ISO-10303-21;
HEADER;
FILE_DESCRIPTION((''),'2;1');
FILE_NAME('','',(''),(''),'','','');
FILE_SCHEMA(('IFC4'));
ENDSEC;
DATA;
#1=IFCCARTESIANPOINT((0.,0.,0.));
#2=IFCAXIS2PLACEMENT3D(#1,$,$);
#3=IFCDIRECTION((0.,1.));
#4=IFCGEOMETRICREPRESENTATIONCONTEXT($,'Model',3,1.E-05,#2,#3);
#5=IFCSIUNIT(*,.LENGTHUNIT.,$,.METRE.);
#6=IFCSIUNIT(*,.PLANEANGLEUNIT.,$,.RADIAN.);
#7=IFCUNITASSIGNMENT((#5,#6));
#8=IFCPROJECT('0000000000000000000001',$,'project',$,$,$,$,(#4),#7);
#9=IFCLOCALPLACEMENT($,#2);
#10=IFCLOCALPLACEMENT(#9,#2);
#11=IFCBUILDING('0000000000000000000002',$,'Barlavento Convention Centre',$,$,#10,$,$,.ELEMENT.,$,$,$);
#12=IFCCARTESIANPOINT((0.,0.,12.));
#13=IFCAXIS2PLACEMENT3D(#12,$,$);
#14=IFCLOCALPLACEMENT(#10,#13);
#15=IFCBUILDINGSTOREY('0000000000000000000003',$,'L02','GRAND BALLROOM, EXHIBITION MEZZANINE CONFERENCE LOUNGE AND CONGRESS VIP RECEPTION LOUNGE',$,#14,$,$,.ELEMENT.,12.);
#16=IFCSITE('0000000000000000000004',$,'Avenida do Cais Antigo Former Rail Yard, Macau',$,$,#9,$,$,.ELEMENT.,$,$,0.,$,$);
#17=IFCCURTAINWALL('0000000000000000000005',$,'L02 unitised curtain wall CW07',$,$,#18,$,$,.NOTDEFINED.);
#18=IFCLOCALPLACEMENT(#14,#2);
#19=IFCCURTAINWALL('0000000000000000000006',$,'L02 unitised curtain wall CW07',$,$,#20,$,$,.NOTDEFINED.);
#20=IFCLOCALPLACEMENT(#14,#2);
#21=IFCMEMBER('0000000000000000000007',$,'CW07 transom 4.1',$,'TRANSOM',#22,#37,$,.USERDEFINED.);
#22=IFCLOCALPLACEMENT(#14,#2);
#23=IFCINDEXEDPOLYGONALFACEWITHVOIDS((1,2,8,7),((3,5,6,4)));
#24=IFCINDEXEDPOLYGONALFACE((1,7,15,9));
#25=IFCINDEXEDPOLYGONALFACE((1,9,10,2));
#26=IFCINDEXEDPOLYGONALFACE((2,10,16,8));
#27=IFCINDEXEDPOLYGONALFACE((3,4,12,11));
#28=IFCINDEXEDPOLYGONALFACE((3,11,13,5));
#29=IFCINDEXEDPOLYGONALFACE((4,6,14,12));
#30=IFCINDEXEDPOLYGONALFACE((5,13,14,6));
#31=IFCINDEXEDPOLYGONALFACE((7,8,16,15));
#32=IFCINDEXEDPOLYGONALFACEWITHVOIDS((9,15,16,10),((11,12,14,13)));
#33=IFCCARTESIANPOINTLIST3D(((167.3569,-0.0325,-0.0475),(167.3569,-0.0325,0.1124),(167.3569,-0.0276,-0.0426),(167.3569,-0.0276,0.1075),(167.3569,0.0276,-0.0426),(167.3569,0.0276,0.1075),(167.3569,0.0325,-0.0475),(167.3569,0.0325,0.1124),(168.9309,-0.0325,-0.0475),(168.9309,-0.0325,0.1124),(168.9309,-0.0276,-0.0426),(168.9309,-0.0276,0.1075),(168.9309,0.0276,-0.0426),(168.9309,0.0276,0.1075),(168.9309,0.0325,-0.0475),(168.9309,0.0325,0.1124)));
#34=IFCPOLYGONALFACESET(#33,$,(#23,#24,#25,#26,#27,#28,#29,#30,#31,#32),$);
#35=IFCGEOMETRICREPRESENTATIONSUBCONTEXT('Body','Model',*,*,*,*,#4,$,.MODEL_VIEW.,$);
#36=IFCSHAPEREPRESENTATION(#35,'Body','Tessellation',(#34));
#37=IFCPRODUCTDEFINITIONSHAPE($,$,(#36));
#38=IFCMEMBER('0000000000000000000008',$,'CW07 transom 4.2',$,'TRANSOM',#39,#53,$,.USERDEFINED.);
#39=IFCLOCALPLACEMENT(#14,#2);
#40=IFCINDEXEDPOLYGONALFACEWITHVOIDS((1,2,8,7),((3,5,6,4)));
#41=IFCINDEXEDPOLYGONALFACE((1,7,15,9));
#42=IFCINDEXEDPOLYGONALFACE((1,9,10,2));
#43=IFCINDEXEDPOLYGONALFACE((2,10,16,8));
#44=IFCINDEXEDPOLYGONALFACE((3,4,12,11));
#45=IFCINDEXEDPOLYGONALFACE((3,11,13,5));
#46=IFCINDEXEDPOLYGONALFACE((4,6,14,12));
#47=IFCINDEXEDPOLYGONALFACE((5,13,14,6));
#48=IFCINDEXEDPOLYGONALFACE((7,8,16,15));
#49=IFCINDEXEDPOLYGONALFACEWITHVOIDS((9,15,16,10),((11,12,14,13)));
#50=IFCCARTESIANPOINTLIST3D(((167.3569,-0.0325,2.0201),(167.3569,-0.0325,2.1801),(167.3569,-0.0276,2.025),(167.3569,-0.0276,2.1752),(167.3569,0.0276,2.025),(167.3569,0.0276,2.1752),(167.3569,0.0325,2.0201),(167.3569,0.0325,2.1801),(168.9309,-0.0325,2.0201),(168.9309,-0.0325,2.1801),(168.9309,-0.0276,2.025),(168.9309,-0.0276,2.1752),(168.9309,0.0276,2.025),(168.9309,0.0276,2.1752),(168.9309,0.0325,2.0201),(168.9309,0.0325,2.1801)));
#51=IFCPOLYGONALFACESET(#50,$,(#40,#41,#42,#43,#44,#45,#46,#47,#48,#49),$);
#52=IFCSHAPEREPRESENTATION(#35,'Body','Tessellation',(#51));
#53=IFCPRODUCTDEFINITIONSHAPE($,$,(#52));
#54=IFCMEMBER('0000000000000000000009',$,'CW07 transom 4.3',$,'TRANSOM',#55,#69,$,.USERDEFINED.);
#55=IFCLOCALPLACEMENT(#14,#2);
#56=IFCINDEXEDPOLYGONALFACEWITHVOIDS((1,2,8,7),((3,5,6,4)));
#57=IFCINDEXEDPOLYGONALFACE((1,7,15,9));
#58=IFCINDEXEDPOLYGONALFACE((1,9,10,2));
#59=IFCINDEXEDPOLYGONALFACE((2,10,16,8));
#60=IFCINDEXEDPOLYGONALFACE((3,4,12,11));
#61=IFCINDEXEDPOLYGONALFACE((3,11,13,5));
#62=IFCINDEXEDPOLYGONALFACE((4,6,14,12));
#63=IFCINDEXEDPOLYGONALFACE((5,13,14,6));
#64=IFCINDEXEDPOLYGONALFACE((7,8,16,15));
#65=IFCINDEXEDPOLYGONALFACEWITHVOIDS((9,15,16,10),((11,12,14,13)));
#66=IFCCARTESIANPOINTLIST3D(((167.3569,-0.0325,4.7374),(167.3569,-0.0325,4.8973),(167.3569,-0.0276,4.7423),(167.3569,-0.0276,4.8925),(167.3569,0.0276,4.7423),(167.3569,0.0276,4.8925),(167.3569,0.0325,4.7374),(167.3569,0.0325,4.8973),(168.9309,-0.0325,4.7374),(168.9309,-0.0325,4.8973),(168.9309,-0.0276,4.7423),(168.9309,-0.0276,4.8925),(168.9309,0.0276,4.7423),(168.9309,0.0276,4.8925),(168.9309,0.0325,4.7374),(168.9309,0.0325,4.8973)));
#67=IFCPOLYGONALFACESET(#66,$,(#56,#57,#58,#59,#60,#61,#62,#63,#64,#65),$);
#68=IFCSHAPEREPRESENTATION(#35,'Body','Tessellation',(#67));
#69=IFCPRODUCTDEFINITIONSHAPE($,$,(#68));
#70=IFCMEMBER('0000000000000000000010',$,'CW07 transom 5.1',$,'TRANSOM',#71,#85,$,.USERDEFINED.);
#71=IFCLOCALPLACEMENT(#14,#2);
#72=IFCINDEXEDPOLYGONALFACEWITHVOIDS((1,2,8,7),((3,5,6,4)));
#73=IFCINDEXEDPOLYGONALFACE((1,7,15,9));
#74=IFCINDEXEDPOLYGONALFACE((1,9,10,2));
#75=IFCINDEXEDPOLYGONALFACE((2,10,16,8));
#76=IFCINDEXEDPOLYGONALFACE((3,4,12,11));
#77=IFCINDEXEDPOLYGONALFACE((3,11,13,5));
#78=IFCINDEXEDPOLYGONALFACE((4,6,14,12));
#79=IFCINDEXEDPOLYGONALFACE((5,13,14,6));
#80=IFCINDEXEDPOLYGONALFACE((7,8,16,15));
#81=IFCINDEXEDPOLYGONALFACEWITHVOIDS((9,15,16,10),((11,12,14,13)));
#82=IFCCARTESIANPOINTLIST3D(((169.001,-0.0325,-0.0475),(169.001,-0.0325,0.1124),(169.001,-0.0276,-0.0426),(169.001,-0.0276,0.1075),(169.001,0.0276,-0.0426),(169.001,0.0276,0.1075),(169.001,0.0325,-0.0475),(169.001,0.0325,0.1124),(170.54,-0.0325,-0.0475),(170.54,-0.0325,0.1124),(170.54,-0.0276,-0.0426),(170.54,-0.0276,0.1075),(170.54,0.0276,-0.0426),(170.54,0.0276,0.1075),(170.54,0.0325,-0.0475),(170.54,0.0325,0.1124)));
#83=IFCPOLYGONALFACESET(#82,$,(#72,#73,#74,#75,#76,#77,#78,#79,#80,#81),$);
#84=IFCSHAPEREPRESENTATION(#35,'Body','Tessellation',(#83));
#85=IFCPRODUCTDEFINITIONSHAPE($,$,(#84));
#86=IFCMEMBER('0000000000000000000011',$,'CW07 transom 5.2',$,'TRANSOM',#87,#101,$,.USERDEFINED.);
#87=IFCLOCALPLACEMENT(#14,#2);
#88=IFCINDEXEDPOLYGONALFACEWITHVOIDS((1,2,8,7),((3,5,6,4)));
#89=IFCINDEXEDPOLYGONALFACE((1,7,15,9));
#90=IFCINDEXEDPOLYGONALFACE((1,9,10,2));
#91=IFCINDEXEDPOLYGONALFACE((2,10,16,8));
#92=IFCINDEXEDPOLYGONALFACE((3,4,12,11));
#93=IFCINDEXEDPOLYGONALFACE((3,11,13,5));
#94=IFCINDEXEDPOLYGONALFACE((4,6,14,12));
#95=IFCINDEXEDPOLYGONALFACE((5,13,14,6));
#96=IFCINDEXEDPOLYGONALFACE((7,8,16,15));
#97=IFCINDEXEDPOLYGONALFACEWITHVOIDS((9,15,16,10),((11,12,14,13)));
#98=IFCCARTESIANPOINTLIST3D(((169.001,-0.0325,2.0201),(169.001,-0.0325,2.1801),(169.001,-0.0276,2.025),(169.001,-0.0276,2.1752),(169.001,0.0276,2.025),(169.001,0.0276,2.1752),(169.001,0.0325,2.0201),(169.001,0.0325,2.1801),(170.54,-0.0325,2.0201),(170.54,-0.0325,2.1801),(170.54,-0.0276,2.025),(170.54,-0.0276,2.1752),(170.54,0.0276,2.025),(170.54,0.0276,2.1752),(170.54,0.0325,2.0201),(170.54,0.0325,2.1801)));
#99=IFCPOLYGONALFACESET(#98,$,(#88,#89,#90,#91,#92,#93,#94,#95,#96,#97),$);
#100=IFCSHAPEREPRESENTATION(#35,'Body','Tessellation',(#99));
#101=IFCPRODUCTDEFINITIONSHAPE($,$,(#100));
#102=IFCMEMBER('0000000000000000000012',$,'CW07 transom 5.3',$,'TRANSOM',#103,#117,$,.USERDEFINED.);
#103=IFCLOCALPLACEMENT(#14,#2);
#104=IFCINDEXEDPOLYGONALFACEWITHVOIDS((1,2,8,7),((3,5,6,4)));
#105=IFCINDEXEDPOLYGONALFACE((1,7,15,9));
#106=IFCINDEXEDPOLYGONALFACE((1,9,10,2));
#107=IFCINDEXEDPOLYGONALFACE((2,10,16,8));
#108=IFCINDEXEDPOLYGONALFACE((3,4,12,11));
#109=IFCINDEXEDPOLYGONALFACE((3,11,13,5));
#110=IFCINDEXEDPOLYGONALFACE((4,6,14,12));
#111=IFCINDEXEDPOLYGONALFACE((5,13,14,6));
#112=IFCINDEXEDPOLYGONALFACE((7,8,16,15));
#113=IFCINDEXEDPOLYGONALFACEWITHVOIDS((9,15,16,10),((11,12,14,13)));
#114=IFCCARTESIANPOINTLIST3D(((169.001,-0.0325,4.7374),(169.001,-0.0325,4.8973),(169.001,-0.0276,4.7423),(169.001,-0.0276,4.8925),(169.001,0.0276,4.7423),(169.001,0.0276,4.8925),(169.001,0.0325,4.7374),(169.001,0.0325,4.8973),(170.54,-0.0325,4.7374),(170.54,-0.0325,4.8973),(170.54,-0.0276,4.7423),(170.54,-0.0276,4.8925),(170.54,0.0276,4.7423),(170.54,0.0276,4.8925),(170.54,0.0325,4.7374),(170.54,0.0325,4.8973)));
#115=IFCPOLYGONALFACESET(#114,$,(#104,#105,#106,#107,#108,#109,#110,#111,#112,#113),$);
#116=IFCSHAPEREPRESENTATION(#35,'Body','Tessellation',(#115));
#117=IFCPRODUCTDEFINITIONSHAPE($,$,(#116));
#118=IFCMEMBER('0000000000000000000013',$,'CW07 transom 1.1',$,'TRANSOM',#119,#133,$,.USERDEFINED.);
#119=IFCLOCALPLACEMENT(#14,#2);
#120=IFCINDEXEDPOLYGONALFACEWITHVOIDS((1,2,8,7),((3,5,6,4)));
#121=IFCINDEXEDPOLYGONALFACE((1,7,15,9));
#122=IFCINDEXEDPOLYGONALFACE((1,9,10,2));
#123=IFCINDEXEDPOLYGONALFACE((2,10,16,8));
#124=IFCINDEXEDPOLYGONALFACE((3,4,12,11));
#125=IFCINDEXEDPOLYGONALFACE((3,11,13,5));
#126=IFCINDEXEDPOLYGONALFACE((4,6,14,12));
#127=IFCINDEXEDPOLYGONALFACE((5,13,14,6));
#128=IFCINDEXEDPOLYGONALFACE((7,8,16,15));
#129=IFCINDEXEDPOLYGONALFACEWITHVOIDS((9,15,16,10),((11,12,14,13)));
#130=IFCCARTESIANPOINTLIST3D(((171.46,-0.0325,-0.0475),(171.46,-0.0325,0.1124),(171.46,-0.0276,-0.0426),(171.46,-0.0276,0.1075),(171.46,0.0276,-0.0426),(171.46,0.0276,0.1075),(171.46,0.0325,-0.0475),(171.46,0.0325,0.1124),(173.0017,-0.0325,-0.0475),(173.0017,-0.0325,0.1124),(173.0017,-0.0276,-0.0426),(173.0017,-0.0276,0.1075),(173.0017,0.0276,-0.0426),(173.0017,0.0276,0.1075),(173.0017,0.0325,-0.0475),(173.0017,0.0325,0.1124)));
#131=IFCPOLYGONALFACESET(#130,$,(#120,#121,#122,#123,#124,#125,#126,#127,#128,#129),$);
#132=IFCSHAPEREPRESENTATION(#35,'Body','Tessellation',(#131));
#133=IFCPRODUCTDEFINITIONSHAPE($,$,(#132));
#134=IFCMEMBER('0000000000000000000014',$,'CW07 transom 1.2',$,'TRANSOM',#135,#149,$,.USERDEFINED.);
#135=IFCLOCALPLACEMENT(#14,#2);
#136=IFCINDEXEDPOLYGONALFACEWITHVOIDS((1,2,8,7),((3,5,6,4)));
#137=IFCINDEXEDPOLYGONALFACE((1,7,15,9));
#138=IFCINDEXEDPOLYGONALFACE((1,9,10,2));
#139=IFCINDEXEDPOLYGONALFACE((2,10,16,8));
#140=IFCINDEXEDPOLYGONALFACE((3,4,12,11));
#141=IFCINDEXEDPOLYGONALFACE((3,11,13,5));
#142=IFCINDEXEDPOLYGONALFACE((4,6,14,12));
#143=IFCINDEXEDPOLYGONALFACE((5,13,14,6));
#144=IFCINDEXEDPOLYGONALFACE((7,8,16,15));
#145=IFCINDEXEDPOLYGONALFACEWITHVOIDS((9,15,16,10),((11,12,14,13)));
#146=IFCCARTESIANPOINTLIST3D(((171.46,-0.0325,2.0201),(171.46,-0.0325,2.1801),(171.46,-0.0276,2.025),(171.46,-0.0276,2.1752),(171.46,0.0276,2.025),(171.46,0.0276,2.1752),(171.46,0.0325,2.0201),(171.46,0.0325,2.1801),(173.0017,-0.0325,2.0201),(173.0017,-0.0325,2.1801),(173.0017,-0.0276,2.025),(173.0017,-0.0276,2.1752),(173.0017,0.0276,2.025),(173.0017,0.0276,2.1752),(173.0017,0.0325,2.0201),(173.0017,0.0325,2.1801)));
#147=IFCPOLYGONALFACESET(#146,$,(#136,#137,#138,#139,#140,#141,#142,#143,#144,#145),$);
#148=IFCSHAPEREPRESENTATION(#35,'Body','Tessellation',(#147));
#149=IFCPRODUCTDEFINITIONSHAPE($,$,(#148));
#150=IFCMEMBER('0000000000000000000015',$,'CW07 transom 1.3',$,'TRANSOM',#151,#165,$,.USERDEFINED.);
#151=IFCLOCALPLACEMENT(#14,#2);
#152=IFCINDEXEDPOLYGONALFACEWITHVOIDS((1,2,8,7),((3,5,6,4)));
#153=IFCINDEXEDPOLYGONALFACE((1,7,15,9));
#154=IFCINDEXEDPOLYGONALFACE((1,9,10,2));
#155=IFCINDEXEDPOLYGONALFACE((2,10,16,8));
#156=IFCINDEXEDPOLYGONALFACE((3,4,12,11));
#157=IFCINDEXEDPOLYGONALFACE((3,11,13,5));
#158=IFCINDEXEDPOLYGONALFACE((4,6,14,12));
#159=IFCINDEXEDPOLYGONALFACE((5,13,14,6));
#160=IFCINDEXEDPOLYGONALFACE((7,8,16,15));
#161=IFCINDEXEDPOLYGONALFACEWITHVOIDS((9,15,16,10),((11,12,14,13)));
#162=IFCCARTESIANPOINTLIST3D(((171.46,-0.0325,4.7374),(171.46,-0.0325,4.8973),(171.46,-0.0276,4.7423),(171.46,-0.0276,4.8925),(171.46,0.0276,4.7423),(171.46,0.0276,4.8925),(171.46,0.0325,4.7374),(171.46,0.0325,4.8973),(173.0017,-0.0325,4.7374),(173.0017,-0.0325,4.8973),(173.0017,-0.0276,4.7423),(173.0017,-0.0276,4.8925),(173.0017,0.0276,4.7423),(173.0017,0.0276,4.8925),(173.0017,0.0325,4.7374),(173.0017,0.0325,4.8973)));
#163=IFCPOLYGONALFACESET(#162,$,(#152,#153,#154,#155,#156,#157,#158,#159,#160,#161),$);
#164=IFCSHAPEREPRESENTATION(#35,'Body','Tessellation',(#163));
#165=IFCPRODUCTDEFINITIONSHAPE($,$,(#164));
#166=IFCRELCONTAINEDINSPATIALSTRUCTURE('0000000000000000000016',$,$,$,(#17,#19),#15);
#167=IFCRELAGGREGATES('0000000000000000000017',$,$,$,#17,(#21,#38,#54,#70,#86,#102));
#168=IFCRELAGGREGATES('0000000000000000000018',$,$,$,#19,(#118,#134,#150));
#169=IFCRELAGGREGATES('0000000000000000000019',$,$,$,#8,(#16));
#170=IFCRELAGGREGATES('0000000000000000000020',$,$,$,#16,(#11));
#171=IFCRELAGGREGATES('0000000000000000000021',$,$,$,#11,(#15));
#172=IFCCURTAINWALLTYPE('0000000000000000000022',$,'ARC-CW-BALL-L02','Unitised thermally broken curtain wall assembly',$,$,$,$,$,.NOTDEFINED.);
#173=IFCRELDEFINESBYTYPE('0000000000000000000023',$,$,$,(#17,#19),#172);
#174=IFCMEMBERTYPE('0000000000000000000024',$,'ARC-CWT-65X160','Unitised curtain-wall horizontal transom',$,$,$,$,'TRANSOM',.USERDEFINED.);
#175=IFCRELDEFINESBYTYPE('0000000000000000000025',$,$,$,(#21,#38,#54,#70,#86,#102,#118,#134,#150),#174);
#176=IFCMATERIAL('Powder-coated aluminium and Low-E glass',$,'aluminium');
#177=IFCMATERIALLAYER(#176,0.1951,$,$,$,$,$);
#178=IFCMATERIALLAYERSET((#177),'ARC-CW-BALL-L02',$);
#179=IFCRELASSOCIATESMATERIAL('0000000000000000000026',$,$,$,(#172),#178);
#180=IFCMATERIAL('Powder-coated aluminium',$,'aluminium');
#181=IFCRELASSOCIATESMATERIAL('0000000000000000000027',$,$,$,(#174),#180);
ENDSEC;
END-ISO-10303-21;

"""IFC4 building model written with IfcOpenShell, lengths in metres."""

from ifc_helpers import new_model, si_unit, direction, frame, origin, origin_2d, place, context, subcontext, project, spatial, hollow_rectangle, extrude, material, layer, layer_set, material_profile, profile_set, type_object, element, aggregate, save


model = new_model("IFC4")

# Units and contexts
model_context = context("Model", 3, precision=1e-05, world=origin(), true_north=direction((0.0, 1.0)))
body_context = subcontext(model_context, "Body", "Model", "MODEL_VIEW")
ifc_project = project(units=[si_unit("LENGTHUNIT", "METRE"), si_unit("PLANEANGLEUNIT", "RADIAN")], contexts=[model_context])

# Site, building, storey
site_placement = place(None, origin())
site = spatial("IfcSite", under=ifc_project, at=site_placement, Name="Avenida do Cais Antigo Former Rail Yard, Macau", CompositionType="ELEMENT", RefElevation=0.0)
building_placement = place(site_placement, origin())
building = spatial("IfcBuilding", under=site, at=building_placement, Name="Barlavento Convention Centre", CompositionType="ELEMENT")
storey_placement = place(building_placement, frame((0.0, 0.0, 12.0)))
storey = spatial("IfcBuildingStorey", under=building, at=storey_placement, Name="L02", Description="GRAND BALLROOM, EXHIBITION MEZZANINE CONFERENCE LOUNGE AND CONGRESS VIP RECEPTION LOUNGE", CompositionType="ELEMENT", Elevation=12.0)

# Curtain wall
ifc_material_1 = material(Name="Powder-coated aluminium and Low-E glass", Category="aluminium")
ifc_layer_1 = layer(ifc_material_1, 0.1951)
ifc_layer_set_1 = layer_set([ifc_layer_1], Name="ARC-CW-BALL-L02")
curtain_wall_type = type_object("IfcCurtainWallType", Name="ARC-CW-BALL-L02", Description="Unitised thermally broken curtain wall assembly", PredefinedType="NOTDEFINED", material=ifc_layer_set_1)
curtain_wall_1_placement = place(storey_placement, origin())
curtain_wall_1 = element("IfcCurtainWall", 1, at=curtain_wall_1_placement, inside=storey, type_object=curtain_wall_type, Name="L02 unitised curtain wall CW07", PredefinedType="NOTDEFINED")
ifc_material_2 = material(Name="Powder-coated aluminium", Category="aluminium")

# Curtain wall
curtain_wall_2_placement = place(storey_placement, origin())
curtain_wall_2 = element("IfcCurtainWall", 2, at=curtain_wall_2_placement, inside=storey, type_object=curtain_wall_type, Name="L02 unitised curtain wall CW07", PredefinedType="NOTDEFINED")

# Members
ifc_material_profile_1 = material_profile(ifc_material_2, hollow_rectangle(XDim=0.0649, YDim=0.1599, WallThickness=0.0049, at=origin_2d()), Name="AL-TRAN 65x160x5")
ifc_profile_set_1 = profile_set([ifc_material_profile_1], Name="Powder-coated aluminium")
member_type_1 = type_object("IfcMemberType", Name="ARC-CWT-65X160", Description="Unitised curtain-wall horizontal transom", ElementType="TRANSOM", PredefinedType="USERDEFINED", material=ifc_profile_set_1)
member_1_placement = place(storey_placement, frame((167.3569, 0.0, 0.0325), z_axis=(1.0, 0.0, 0.0), x_axis=(0.0, 1.0, 0.0)))
member_1 = element("IfcMember", 3, at=member_1_placement, type_object=member_type_1, Name="CW07 transom 4.1", ObjectType="TRANSOM", PredefinedType="USERDEFINED", context=body_context, shape_type="SweptSolid", body=[
    extrude(hollow_rectangle(XDim=0.0649, YDim=0.1599, WallThickness=0.0049, at=origin_2d()), origin(), (0.0, 0.0, 1.0), 1.574),
])
member_2_placement = place(storey_placement, frame((167.3569, 0.0, 2.1001), z_axis=(1.0, 0.0, 0.0), x_axis=(0.0, 1.0, 0.0)))
member_2 = element("IfcMember", 4, at=member_2_placement, type_object=member_type_1, Name="CW07 transom 4.2", ObjectType="TRANSOM", PredefinedType="USERDEFINED", context=body_context, shape_type="SweptSolid", body=[
    extrude(hollow_rectangle(XDim=0.0649, YDim=0.1599, WallThickness=0.0049, at=origin_2d()), origin(), (0.0, 0.0, 1.0), 1.574),
])
member_3_placement = place(storey_placement, frame((167.3569, 0.0, 4.8174), z_axis=(1.0, 0.0, 0.0), x_axis=(0.0, 1.0, 0.0)))
member_3 = element("IfcMember", 5, at=member_3_placement, type_object=member_type_1, Name="CW07 transom 4.3", ObjectType="TRANSOM", PredefinedType="USERDEFINED", context=body_context, shape_type="SweptSolid", body=[
    extrude(hollow_rectangle(XDim=0.0649, YDim=0.1599, WallThickness=0.0049, at=origin_2d()), origin(), (0.0, 0.0, 1.0), 1.574),
])
member_4_placement = place(storey_placement, frame((169.001, 0.0, 0.0325), z_axis=(1.0, 0.0, 0.0), x_axis=(0.0, 1.0, 0.0)))
member_4 = element("IfcMember", 6, at=member_4_placement, type_object=member_type_1, Name="CW07 transom 5.1", ObjectType="TRANSOM", PredefinedType="USERDEFINED", context=body_context, shape_type="SweptSolid", body=[
    extrude(hollow_rectangle(XDim=0.0649, YDim=0.1599, WallThickness=0.0049, at=origin_2d()), origin(), (0.0, 0.0, 1.0), 1.5391),
])
member_5_placement = place(storey_placement, frame((169.001, 0.0, 2.1001), z_axis=(1.0, 0.0, 0.0), x_axis=(0.0, 1.0, 0.0)))
member_5 = element("IfcMember", 7, at=member_5_placement, type_object=member_type_1, Name="CW07 transom 5.2", ObjectType="TRANSOM", PredefinedType="USERDEFINED", context=body_context, shape_type="SweptSolid", body=[
    extrude(hollow_rectangle(XDim=0.0649, YDim=0.1599, WallThickness=0.0049, at=origin_2d()), origin(), (0.0, 0.0, 1.0), 1.5391),
])
member_6_placement = place(storey_placement, frame((169.001, 0.0, 4.8174), z_axis=(1.0, 0.0, 0.0), x_axis=(0.0, 1.0, 0.0)))
member_6 = element("IfcMember", 8, at=member_6_placement, type_object=member_type_1, Name="CW07 transom 5.3", ObjectType="TRANSOM", PredefinedType="USERDEFINED", context=body_context, shape_type="SweptSolid", body=[
    extrude(hollow_rectangle(XDim=0.0649, YDim=0.1599, WallThickness=0.0049, at=origin_2d()), origin(), (0.0, 0.0, 1.0), 1.5391),
])
member_7_placement = place(storey_placement, frame((171.46, 0.0, 0.0325), z_axis=(1.0, 0.0, 0.0), x_axis=(0.0, 1.0, 0.0)))
member_7 = element("IfcMember", 9, at=member_7_placement, type_object=member_type_1, Name="CW07 transom 1.1", ObjectType="TRANSOM", PredefinedType="USERDEFINED", context=body_context, shape_type="SweptSolid", body=[
    extrude(hollow_rectangle(XDim=0.0649, YDim=0.1599, WallThickness=0.0049, at=origin_2d()), origin(), (0.0, 0.0, 1.0), 1.5417),
])
member_8_placement = place(storey_placement, frame((171.46, 0.0, 2.1001), z_axis=(1.0, 0.0, 0.0), x_axis=(0.0, 1.0, 0.0)))
member_8 = element("IfcMember", 10, at=member_8_placement, type_object=member_type_1, Name="CW07 transom 1.2", ObjectType="TRANSOM", PredefinedType="USERDEFINED", context=body_context, shape_type="SweptSolid", body=[
    extrude(hollow_rectangle(XDim=0.0649, YDim=0.1599, WallThickness=0.0049, at=origin_2d()), origin(), (0.0, 0.0, 1.0), 1.5417),
])
member_9_placement = place(storey_placement, frame((171.46, 0.0, 4.8174), z_axis=(1.0, 0.0, 0.0), x_axis=(0.0, 1.0, 0.0)))
member_9 = element("IfcMember", 11, at=member_9_placement, type_object=member_type_1, Name="CW07 transom 1.3", ObjectType="TRANSOM", PredefinedType="USERDEFINED", context=body_context, shape_type="SweptSolid", body=[
    extrude(hollow_rectangle(XDim=0.0649, YDim=0.1599, WallThickness=0.0049, at=origin_2d()), origin(), (0.0, 0.0, 1.0), 1.5417),
])

aggregate(curtain_wall_1, [member_1, member_2, member_3, member_4, member_5, member_6])
aggregate(curtain_wall_2, [member_7, member_8, member_9])

save(model, "model.ifc")
